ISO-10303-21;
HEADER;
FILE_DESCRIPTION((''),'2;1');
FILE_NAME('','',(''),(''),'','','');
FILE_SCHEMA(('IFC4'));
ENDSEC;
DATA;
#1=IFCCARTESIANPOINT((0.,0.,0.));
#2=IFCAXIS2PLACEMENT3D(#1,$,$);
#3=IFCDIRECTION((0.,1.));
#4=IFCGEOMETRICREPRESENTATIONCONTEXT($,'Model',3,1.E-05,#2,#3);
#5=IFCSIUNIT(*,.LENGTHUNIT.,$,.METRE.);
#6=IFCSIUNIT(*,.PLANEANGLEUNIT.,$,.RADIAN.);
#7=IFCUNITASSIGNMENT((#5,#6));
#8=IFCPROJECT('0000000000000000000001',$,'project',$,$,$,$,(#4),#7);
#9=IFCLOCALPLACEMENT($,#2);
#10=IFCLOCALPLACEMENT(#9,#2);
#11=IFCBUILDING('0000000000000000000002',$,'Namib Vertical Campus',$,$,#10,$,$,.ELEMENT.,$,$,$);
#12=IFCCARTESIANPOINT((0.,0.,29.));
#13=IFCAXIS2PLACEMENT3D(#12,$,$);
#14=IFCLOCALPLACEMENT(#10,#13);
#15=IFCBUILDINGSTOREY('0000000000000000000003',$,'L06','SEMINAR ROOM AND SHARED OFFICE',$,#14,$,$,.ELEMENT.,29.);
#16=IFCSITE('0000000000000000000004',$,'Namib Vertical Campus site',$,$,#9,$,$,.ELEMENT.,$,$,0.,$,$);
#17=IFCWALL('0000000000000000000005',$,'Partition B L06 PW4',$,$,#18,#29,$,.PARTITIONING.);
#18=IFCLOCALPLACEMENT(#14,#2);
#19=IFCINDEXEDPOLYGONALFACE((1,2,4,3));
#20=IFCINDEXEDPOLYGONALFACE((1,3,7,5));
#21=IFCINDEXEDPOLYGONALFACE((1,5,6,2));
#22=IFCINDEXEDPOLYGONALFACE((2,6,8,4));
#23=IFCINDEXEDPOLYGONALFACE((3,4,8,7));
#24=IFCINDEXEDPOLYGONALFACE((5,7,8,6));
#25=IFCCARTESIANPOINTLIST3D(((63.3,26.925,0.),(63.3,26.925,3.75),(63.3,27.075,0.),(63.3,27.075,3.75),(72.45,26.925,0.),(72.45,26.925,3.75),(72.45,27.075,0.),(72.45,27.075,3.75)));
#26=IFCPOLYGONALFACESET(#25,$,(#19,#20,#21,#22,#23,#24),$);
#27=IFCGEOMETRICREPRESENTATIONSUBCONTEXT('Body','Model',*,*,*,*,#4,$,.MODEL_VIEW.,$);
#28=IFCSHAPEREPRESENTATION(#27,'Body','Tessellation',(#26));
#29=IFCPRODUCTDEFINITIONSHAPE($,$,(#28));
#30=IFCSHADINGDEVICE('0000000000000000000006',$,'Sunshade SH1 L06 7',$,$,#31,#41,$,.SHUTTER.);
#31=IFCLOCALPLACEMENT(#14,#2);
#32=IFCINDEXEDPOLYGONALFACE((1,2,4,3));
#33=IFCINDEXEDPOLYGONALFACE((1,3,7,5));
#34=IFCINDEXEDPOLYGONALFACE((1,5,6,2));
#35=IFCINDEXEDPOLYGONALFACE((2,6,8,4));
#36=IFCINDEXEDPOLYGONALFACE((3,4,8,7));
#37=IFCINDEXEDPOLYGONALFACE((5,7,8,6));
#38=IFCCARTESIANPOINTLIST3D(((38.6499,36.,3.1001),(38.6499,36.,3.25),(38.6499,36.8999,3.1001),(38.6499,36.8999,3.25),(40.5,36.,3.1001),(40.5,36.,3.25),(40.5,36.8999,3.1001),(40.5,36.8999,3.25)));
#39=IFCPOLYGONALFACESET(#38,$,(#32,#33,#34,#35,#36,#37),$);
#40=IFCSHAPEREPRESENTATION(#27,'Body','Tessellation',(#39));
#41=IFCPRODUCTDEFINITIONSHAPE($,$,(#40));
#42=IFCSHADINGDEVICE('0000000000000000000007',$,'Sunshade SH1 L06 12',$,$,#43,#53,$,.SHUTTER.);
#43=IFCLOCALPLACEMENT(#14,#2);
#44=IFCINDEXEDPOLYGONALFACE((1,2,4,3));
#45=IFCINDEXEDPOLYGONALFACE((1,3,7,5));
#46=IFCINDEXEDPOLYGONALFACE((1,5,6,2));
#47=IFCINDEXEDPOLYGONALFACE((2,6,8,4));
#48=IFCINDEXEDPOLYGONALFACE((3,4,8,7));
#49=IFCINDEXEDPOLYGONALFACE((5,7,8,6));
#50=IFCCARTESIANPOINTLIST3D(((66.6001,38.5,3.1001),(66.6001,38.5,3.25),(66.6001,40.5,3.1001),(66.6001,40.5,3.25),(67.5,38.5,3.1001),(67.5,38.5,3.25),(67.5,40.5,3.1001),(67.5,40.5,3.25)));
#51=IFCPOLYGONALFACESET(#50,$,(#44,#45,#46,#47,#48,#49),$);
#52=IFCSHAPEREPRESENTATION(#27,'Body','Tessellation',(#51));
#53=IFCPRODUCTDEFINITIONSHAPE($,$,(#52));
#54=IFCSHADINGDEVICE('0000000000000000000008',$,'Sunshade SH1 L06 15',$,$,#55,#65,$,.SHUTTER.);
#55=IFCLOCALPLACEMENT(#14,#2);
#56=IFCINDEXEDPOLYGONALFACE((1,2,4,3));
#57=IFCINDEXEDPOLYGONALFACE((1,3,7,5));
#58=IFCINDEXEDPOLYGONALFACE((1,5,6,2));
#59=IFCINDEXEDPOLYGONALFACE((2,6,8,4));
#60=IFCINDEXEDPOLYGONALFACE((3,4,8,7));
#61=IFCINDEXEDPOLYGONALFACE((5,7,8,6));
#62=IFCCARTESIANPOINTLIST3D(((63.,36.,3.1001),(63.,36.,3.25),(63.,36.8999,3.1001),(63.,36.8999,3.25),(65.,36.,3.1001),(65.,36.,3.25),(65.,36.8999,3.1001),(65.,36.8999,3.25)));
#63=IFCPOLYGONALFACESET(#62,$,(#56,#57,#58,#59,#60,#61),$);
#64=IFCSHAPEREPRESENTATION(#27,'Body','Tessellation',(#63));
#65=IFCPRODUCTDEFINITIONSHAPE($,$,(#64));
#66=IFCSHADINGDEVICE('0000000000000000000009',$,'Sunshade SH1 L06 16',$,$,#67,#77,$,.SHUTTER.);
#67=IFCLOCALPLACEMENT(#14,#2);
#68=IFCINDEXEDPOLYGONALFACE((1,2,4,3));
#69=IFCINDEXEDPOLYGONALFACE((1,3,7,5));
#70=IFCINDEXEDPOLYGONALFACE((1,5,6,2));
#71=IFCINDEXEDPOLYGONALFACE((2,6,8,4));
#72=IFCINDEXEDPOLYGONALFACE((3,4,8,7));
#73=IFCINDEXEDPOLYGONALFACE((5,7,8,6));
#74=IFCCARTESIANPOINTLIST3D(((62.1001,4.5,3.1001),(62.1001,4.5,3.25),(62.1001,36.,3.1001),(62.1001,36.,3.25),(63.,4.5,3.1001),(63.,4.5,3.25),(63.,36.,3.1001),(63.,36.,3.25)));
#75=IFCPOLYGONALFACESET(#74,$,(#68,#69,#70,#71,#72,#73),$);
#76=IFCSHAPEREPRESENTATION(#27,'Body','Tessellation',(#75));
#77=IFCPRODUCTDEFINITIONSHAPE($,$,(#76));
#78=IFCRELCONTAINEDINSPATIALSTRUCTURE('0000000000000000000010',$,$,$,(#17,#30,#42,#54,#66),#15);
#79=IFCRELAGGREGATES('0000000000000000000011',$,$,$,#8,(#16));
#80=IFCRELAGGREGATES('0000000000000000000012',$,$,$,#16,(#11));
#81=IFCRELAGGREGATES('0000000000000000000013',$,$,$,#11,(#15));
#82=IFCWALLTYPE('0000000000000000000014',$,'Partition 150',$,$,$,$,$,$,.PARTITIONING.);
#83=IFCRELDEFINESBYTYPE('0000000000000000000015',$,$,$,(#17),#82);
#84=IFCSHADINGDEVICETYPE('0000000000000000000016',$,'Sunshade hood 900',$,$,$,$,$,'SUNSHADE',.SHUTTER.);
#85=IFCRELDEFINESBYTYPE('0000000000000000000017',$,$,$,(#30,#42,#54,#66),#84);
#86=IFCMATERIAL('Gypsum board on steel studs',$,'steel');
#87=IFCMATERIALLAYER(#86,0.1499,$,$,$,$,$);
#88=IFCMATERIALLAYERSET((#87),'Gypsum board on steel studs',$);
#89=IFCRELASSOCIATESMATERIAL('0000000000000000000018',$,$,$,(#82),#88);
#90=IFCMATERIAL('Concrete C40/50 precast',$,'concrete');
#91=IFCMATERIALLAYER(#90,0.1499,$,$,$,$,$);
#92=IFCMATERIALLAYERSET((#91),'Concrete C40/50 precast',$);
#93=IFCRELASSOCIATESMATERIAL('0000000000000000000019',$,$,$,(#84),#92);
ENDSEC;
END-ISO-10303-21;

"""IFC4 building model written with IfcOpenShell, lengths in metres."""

from ifc_helpers import new_model, si_unit, direction, frame, frame_2d, origin, origin_2d, place, context, subcontext, project, spatial, rectangle, extrude, material, layer, layer_set, type_object, element, save


model = new_model("IFC4")

# Units and contexts
model_context = context("Model", 3, precision=1e-05, world=origin(), true_north=direction((0.0, 1.0)))
body_context = subcontext(model_context, "Body", "Model", "MODEL_VIEW")
ifc_project = project(units=[si_unit("LENGTHUNIT", "METRE"), si_unit("PLANEANGLEUNIT", "RADIAN")], contexts=[model_context])

# Site, building, storey
site_placement = place(None, origin())
site = spatial("IfcSite", under=ifc_project, at=site_placement, Name="Namib Vertical Campus site", CompositionType="ELEMENT", RefElevation=0.0)
building_placement = place(site_placement, origin())
building = spatial("IfcBuilding", under=site, at=building_placement, Name="Namib Vertical Campus", CompositionType="ELEMENT")
storey_placement = place(building_placement, frame((0.0, 0.0, 29.0)))
storey = spatial("IfcBuildingStorey", under=building, at=storey_placement, Name="L06", Description="SEMINAR ROOM AND SHARED OFFICE", CompositionType="ELEMENT", Elevation=29.0)

# Wall
ifc_material_1 = material(Name="Gypsum board on steel studs", Category="steel")
ifc_layer_1 = layer(ifc_material_1, 0.1499)
ifc_layer_set_1 = layer_set([ifc_layer_1], Name="Gypsum board on steel studs")
wall_type_1 = type_object("IfcWallType", Name="Partition 150", PredefinedType="PARTITIONING", material=ifc_layer_set_1)
for number, where, z_axis, x_axis, name in (
    (1, (63.3, 27.0, 0.0), (0.0, 0.0, 1.0), (1.0, 0.0, 0.0), "Partition B L06 PW4"),
):
    element("IfcWall", number, at=place(storey_placement, frame(where, z_axis=z_axis, x_axis=x_axis)), inside=storey, type_object=wall_type_1, Name=name, PredefinedType="PARTITIONING", context=body_context, shape_type="SweptSolid", body=[
        extrude(rectangle(XDim=9.1499, YDim=0.1499, at=frame_2d((4.575, 0.0))), origin(), (0.0, 0.0, 1.0), 3.75),
    ])

# Shading devices
ifc_material_2 = material(Name="Concrete C40/50 precast", Category="concrete")
ifc_layer_2 = layer(ifc_material_2, 0.1499)
ifc_layer_set_2 = layer_set([ifc_layer_2], Name="Concrete C40/50 precast")
shading_device_type = type_object("IfcShadingDeviceType", Name="Sunshade hood 900", ElementType="SUNSHADE", PredefinedType="SHUTTER", material=ifc_layer_set_2)
shading_device_1_placement = place(storey_placement, frame((39.575, 36.45, 3.1001), z_axis=(0.0, 0.0, 1.0), x_axis=(-1.0, 0.0, 0.0)))
element("IfcShadingDevice", 2, at=shading_device_1_placement, inside=storey, type_object=shading_device_type, Name="Sunshade SH1 L06 7", PredefinedType="SHUTTER", context=body_context, shape_type="SweptSolid", body=[
    extrude(rectangle(XDim=1.8501, YDim=0.8999, at=origin_2d()), origin(), (0.0, 0.0, 1.0), 0.1499),
])
for number, where, z_axis, x_axis, name in (
    (3, (67.05, 39.5, 3.1001), (0.0, 0.0, 1.0), (0.0, -1.0, 0.0), "Sunshade SH1 L06 12"),
    (4, (64.0, 36.45, 3.1001), (0.0, 0.0, 1.0), (-1.0, 0.0, 0.0), "Sunshade SH1 L06 15"),
):
    element("IfcShadingDevice", number, at=place(storey_placement, frame(where, z_axis=z_axis, x_axis=x_axis)), inside=storey, type_object=shading_device_type, Name=name, PredefinedType="SHUTTER", context=body_context, shape_type="SweptSolid", body=[
        extrude(rectangle(XDim=2.0, YDim=0.8999, at=origin_2d()), origin(), (0.0, 0.0, 1.0), 0.1499),
    ])
shading_device_2_placement = place(storey_placement, frame((62.55, 20.25, 3.1001), z_axis=(0.0, 0.0, 1.0), x_axis=(0.0, -1.0, 0.0)))
element("IfcShadingDevice", 5, at=shading_device_2_placement, inside=storey, type_object=shading_device_type, Name="Sunshade SH1 L06 16", PredefinedType="SHUTTER", context=body_context, shape_type="SweptSolid", body=[
    extrude(rectangle(XDim=31.5, YDim=0.8999, at=origin_2d()), origin(), (0.0, 0.0, 1.0), 0.1499),
])

save(model, "model.ifc")
